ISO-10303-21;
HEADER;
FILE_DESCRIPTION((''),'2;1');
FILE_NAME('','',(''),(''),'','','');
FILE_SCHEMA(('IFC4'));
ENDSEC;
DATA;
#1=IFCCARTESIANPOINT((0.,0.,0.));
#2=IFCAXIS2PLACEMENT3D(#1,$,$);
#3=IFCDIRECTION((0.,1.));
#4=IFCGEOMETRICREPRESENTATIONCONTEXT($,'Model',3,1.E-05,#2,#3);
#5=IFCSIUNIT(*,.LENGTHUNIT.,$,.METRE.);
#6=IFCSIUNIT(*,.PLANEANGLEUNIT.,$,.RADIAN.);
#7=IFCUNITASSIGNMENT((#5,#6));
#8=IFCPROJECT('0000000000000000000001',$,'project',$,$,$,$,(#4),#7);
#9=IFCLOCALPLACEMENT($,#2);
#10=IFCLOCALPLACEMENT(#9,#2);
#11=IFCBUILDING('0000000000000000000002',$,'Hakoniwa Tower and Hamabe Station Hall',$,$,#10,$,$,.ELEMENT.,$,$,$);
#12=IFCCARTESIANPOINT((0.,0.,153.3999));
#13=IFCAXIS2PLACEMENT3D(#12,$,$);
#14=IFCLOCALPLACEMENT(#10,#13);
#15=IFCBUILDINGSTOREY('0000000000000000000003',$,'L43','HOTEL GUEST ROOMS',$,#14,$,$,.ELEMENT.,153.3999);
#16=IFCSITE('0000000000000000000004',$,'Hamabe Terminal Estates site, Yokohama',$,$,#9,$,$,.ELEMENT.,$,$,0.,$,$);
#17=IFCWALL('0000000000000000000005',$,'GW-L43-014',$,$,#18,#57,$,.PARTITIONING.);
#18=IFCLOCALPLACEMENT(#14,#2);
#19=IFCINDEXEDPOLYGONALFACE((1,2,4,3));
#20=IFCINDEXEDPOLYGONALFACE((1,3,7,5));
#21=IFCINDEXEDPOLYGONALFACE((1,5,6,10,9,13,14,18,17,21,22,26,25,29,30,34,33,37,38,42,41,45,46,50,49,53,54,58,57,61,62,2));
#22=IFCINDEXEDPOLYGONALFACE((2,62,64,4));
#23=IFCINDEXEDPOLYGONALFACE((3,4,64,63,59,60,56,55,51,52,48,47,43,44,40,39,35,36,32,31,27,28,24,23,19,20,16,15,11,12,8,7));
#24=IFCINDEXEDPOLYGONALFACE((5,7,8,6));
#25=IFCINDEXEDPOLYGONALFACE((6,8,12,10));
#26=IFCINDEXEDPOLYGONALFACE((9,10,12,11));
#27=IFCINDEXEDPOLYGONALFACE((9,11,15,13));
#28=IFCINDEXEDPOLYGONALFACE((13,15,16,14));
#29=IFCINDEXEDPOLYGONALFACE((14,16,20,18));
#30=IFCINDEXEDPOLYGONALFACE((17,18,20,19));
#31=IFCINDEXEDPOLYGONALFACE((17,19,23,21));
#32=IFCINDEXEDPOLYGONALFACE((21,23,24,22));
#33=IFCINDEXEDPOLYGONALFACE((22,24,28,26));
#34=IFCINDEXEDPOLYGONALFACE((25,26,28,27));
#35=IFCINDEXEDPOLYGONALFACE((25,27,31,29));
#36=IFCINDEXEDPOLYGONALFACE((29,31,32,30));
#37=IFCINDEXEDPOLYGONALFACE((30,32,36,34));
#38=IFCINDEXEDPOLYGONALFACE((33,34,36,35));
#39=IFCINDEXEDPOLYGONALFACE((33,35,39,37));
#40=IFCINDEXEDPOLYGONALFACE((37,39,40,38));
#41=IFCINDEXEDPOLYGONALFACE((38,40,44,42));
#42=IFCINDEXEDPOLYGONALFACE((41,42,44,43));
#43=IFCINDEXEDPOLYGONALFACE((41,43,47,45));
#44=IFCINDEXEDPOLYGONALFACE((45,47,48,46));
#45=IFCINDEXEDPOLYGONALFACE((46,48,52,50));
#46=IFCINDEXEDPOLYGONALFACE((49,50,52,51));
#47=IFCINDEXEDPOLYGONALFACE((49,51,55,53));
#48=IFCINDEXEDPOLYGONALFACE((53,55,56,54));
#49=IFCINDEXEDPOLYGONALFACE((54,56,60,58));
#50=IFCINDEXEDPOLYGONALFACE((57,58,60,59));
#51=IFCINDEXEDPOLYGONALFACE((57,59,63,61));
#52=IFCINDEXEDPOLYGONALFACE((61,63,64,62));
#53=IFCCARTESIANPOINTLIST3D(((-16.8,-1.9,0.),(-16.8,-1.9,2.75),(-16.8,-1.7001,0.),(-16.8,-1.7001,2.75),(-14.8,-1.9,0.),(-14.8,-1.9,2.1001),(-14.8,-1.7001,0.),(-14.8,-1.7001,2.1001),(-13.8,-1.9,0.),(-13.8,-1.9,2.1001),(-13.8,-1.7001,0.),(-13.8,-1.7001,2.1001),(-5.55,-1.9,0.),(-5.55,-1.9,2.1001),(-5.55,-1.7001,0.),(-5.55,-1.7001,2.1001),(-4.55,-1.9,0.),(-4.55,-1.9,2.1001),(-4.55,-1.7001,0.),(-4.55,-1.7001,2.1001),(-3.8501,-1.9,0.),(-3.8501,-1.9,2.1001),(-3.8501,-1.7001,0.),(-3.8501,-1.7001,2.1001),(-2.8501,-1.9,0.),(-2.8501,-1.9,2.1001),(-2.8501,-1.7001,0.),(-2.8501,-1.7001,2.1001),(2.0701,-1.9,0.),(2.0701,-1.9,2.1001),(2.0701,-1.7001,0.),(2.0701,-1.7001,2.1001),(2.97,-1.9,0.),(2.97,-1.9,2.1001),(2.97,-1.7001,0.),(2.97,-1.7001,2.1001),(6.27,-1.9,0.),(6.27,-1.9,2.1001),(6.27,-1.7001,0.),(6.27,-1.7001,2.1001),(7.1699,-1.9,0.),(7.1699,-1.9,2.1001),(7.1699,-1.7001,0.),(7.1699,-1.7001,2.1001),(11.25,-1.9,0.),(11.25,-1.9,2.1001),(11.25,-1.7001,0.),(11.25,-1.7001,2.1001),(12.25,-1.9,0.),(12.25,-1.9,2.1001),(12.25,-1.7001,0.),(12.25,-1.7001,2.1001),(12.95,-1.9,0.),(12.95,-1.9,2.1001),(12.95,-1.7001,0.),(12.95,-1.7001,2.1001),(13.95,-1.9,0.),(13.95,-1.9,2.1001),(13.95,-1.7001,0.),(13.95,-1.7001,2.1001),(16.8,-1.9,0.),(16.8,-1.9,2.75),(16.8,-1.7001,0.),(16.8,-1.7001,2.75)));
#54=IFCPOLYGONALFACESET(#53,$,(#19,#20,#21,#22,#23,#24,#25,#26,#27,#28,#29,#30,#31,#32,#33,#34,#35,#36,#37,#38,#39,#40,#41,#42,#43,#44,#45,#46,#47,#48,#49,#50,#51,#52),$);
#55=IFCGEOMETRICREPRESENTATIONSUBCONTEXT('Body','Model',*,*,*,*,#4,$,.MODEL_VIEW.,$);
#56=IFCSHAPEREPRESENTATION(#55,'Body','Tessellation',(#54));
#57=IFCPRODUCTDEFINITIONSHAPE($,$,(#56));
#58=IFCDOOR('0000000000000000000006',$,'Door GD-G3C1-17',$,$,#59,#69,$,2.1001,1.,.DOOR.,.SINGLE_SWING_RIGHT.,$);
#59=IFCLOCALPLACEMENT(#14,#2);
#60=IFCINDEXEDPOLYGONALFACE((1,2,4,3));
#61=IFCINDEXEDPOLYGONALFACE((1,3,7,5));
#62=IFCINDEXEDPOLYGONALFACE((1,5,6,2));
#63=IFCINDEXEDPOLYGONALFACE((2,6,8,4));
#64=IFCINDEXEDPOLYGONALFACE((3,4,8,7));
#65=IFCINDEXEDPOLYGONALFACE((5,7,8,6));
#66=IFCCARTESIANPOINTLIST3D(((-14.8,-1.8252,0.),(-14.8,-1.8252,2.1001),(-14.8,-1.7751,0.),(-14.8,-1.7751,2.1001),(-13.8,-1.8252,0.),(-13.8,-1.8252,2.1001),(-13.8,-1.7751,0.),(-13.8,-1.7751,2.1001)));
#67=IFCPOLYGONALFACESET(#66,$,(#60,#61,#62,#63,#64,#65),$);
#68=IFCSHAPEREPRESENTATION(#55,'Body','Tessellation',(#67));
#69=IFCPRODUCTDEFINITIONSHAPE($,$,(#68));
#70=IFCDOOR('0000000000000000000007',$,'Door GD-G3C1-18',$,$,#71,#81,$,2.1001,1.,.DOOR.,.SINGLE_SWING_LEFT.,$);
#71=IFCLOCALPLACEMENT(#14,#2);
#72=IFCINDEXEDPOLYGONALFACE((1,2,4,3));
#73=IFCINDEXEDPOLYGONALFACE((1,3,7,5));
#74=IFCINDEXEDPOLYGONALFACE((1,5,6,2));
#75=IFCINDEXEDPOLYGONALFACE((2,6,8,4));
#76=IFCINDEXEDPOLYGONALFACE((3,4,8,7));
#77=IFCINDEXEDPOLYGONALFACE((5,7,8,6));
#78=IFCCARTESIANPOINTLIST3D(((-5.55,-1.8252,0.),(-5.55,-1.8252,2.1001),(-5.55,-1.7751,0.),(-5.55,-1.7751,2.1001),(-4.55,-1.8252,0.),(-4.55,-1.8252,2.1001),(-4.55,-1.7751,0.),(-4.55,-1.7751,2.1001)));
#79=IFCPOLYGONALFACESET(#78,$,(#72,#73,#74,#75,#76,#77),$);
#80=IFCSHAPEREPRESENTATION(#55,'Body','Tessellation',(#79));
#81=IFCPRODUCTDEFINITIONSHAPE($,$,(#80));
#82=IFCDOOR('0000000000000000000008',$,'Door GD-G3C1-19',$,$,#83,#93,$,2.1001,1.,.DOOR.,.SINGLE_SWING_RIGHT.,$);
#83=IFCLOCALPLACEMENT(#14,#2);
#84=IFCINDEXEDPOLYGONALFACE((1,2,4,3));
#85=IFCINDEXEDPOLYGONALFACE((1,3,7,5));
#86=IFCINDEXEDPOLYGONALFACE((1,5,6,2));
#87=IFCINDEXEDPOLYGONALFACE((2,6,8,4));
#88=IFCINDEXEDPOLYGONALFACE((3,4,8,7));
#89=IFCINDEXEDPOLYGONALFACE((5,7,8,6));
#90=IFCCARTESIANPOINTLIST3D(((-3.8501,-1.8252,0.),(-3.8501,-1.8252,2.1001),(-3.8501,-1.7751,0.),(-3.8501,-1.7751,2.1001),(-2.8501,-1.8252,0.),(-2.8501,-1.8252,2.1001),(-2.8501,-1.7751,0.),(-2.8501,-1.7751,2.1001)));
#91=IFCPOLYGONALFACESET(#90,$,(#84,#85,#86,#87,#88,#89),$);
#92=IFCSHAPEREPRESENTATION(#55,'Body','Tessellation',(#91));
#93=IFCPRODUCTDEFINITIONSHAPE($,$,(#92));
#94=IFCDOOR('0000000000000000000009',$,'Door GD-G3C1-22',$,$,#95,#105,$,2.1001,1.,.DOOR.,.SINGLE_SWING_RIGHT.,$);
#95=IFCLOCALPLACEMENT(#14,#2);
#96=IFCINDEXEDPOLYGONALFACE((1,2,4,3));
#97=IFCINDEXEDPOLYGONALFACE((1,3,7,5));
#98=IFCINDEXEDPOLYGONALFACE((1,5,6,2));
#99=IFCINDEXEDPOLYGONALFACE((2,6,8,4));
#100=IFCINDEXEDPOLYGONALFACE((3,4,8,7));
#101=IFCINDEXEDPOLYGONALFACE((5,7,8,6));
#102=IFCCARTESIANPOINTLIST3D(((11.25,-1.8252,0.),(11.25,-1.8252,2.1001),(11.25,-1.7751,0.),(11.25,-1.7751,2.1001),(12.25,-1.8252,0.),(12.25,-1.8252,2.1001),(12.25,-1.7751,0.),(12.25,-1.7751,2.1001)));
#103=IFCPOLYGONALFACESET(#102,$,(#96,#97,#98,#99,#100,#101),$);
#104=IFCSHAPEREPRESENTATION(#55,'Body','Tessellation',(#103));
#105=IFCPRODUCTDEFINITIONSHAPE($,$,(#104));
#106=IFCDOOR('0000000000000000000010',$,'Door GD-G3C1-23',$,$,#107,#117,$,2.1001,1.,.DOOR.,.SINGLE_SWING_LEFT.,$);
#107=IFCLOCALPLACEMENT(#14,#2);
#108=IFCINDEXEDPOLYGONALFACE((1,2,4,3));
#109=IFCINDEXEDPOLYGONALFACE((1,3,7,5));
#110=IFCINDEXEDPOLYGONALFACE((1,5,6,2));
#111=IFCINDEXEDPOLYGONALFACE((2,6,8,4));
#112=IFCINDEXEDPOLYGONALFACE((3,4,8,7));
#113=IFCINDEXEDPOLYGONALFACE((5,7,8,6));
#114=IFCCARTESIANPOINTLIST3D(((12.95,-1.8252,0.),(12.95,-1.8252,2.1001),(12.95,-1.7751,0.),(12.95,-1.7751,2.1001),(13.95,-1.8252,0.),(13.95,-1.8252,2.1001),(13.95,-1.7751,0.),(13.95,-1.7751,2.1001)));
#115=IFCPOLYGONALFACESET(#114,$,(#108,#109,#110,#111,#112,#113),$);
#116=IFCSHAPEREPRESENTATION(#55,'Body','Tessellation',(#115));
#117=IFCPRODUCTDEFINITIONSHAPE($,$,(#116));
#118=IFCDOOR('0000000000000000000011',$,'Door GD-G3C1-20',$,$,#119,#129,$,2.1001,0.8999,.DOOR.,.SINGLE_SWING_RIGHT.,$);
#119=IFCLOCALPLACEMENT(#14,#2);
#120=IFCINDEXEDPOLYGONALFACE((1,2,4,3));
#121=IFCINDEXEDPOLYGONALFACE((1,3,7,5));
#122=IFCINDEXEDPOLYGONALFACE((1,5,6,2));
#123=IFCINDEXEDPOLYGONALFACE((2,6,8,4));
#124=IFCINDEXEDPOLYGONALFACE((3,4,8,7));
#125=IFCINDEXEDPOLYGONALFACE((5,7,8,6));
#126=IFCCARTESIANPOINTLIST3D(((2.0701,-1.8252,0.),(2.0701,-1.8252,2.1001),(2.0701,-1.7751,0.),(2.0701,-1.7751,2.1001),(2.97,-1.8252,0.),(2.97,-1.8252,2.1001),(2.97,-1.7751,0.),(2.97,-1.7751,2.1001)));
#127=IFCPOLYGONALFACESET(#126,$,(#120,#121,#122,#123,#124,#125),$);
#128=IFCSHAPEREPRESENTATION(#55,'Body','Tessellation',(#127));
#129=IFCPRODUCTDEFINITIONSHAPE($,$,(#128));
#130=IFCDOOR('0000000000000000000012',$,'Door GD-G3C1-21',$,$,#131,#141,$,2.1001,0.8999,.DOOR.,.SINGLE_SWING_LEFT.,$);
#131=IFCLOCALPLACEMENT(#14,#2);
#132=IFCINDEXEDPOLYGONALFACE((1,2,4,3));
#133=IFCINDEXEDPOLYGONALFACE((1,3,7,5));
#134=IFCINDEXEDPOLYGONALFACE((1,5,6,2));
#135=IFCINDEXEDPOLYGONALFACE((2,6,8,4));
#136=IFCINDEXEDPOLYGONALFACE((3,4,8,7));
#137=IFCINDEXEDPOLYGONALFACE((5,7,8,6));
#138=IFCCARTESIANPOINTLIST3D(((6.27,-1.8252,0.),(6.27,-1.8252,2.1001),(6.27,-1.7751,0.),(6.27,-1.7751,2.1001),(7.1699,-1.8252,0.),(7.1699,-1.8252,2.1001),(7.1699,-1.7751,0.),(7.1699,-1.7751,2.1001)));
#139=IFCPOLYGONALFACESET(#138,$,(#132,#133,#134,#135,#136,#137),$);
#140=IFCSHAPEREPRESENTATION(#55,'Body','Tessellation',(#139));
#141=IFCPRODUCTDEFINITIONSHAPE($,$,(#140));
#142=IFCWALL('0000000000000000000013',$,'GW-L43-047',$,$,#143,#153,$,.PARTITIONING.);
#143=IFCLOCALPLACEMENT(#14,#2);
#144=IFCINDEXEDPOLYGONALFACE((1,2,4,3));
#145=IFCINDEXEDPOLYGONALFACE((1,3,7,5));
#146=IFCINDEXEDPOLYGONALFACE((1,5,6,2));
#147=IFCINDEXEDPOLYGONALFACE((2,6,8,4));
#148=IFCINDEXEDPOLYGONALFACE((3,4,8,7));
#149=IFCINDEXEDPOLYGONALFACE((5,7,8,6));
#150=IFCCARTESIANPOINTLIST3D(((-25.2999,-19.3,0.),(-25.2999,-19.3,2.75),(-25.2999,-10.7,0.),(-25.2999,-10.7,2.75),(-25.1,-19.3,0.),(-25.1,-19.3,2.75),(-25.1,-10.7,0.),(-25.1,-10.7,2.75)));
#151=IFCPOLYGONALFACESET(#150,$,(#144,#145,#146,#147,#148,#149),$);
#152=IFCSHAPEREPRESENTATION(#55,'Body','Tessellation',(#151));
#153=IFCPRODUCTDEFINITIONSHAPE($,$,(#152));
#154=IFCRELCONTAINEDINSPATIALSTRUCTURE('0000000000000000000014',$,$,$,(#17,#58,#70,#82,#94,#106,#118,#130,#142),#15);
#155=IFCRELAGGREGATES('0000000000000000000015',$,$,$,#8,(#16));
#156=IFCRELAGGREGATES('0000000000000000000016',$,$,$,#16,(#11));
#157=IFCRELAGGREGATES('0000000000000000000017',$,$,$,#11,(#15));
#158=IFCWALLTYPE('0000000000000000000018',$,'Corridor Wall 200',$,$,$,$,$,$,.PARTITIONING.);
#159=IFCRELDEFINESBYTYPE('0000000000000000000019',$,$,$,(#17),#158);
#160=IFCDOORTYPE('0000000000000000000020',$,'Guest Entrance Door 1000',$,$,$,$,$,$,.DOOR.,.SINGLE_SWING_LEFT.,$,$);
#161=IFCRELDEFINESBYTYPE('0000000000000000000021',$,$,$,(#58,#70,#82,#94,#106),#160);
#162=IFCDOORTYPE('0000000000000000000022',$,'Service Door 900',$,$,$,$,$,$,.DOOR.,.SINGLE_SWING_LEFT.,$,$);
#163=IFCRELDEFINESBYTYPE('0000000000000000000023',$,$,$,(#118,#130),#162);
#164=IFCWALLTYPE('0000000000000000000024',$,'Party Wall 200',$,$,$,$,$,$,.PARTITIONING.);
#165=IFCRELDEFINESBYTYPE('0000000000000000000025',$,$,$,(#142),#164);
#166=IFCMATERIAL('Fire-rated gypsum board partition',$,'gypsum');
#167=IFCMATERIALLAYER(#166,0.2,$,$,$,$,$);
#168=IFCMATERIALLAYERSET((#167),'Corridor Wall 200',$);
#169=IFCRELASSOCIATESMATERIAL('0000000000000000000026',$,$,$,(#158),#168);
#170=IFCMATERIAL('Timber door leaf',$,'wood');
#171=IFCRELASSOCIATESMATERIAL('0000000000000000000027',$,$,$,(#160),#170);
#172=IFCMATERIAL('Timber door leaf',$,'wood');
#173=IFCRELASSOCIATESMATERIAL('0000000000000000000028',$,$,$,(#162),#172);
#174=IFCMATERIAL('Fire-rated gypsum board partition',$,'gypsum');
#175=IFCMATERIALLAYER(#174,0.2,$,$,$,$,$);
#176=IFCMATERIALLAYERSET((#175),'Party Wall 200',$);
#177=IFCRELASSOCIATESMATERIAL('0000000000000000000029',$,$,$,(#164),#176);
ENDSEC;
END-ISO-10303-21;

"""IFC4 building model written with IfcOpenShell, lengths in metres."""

from ifc_helpers import new_model, si_unit, direction, frame, frame_2d, origin, place, context, subcontext, project, spatial, rectangle, extrude, material, layer, layer_set, type_object, element, fill, save


model = new_model("IFC4")

# Units and contexts
model_context = context("Model", 3, precision=1e-05, world=origin(), true_north=direction((0.0, 1.0)))
body_context = subcontext(model_context, "Body", "Model", "MODEL_VIEW")
ifc_project = project(units=[si_unit("LENGTHUNIT", "METRE"), si_unit("PLANEANGLEUNIT", "RADIAN")], contexts=[model_context])

# Site, building, storey
site_placement = place(None, origin())
site = spatial("IfcSite", under=ifc_project, at=site_placement, Name="Hamabe Terminal Estates site, Yokohama", CompositionType="ELEMENT", RefElevation=0.0)
building_placement = place(site_placement, origin())
building = spatial("IfcBuilding", under=site, at=building_placement, Name="Hakoniwa Tower and Hamabe Station Hall", CompositionType="ELEMENT")
storey_placement = place(building_placement, frame((0.0, 0.0, 153.3999)))
storey = spatial("IfcBuildingStorey", under=building, at=storey_placement, Name="L43", Description="HOTEL GUEST ROOMS", CompositionType="ELEMENT", Elevation=153.3999)

# Wall, openings, doors
ifc_material_1 = material(Name="Fire-rated gypsum board partition", Category="gypsum")
ifc_layer_1 = layer(ifc_material_1, 0.2)
ifc_layer_set_1 = layer_set([ifc_layer_1], Name="Corridor Wall 200")
wall_type_1 = type_object("IfcWallType", Name="Corridor Wall 200", PredefinedType="PARTITIONING", material=ifc_layer_set_1)
wall_1_placement = place(storey_placement, frame((-16.8, -1.8, 0.0), z_axis=(0.0, 0.0, 1.0), x_axis=(1.0, 0.0, 0.0)))
wall_1 = element("IfcWall", 1, at=wall_1_placement, inside=storey, type_object=wall_type_1, Name="GW-L43-014", PredefinedType="PARTITIONING", context=body_context, shape_type="SweptSolid", body=[
    extrude(rectangle(XDim=33.6001, YDim=0.2, at=frame_2d((16.8, 0.0))), origin(), (0.0, 0.0, 1.0), 2.75),
])
opening_1_placement = place(wall_1_placement, frame((2.0, 0.0, 0.0)))
opening_1 = element("IfcOpeningElement", 2, at=opening_1_placement, cuts=wall_1, PredefinedType="OPENING", context=body_context, shape_type="SweptSolid", body=[
    extrude(rectangle(XDim=1.0, YDim=2.1001, at=frame_2d((0.5, 1.05))), frame((0.0, 0.1099, 0.0), z_axis=(0.0, -1.0, 0.0), x_axis=(1.0, 0.0, 0.0)), (0.0, 0.0, 1.0), 0.22),
])
opening_2_placement = place(wall_1_placement, frame((11.25, 0.0, 0.0)))
opening_2 = element("IfcOpeningElement", 3, at=opening_2_placement, cuts=wall_1, PredefinedType="OPENING", context=body_context, shape_type="SweptSolid", body=[
    extrude(rectangle(XDim=1.0, YDim=2.1001, at=frame_2d((0.5, 1.05))), frame((0.0, 0.1099, 0.0), z_axis=(0.0, -1.0, 0.0), x_axis=(1.0, 0.0, 0.0)), (0.0, 0.0, 1.0), 0.22),
])
opening_3_placement = place(wall_1_placement, frame((12.95, 0.0, 0.0)))
opening_3 = element("IfcOpeningElement", 4, at=opening_3_placement, cuts=wall_1, PredefinedType="OPENING", context=body_context, shape_type="SweptSolid", body=[
    extrude(rectangle(XDim=1.0, YDim=2.1001, at=frame_2d((0.5, 1.05))), frame((0.0, 0.1099, 0.0), z_axis=(0.0, -1.0, 0.0), x_axis=(1.0, 0.0, 0.0)), (0.0, 0.0, 1.0), 0.22),
])
opening_4_placement = place(wall_1_placement, frame((18.8701, 0.0, 0.0)))
opening_4 = element("IfcOpeningElement", 5, at=opening_4_placement, cuts=wall_1, PredefinedType="OPENING", context=body_context, shape_type="SweptSolid", body=[
    extrude(rectangle(XDim=0.8999, YDim=2.1001, at=frame_2d((0.45, 1.05))), frame((0.0, 0.1099, 0.0), z_axis=(0.0, -1.0, 0.0), x_axis=(1.0, 0.0, 0.0)), (0.0, 0.0, 1.0), 0.22),
])
opening_5_placement = place(wall_1_placement, frame((23.0701, 0.0, 0.0)))
opening_5 = element("IfcOpeningElement", 6, at=opening_5_placement, cuts=wall_1, PredefinedType="OPENING", context=body_context, shape_type="SweptSolid", body=[
    extrude(rectangle(XDim=0.8999, YDim=2.1001, at=frame_2d((0.45, 1.05))), frame((0.0, 0.1099, 0.0), z_axis=(0.0, -1.0, 0.0), x_axis=(1.0, 0.0, 0.0)), (0.0, 0.0, 1.0), 0.22),
])
opening_6_placement = place(wall_1_placement, frame((28.05, 0.0, 0.0)))
opening_6 = element("IfcOpeningElement", 7, at=opening_6_placement, cuts=wall_1, PredefinedType="OPENING", context=body_context, shape_type="SweptSolid", body=[
    extrude(rectangle(XDim=1.0, YDim=2.1001, at=frame_2d((0.5, 1.05))), frame((0.0, 0.1099, 0.0), z_axis=(0.0, -1.0, 0.0), x_axis=(1.0, 0.0, 0.0)), (0.0, 0.0, 1.0), 0.22),
])
opening_7_placement = place(wall_1_placement, frame((29.75, 0.0, 0.0)))
opening_7 = element("IfcOpeningElement", 8, at=opening_7_placement, cuts=wall_1, PredefinedType="OPENING", context=body_context, shape_type="SweptSolid", body=[
    extrude(rectangle(XDim=1.0, YDim=2.1001, at=frame_2d((0.5, 1.05))), frame((0.0, 0.1099, 0.0), z_axis=(0.0, -1.0, 0.0), x_axis=(1.0, 0.0, 0.0)), (0.0, 0.0, 1.0), 0.22),
])
ifc_material_2 = material(Name="Timber door leaf", Category="wood")
door_type_1 = type_object("IfcDoorType", Name="Guest Entrance Door 1000", OperationType="SINGLE_SWING_LEFT", PredefinedType="DOOR", material=ifc_material_2)
door_1_placement = place(opening_1_placement, origin())
door_1 = element("IfcDoor", 9, at=door_1_placement, inside=storey, type_object=door_type_1, Name="Door GD-G3C1-17", OperationType="SINGLE_SWING_RIGHT", OverallHeight=2.1001, OverallWidth=1.0, PredefinedType="DOOR", context=body_context, shape_type="SweptSolid", body=[
    extrude(rectangle(XDim=1.0, YDim=2.1001, at=frame_2d((0.5, 1.05))), frame((0.0, 0.0249, 0.0), z_axis=(0.0, -1.0, 0.0), x_axis=(1.0, 0.0, 0.0)), (0.0, 0.0, 1.0), 0.05),
])
fill(opening_1, door_1)
door_2_placement = place(opening_2_placement, origin())
door_2 = element("IfcDoor", 10, at=door_2_placement, inside=storey, type_object=door_type_1, Name="Door GD-G3C1-18", OperationType="SINGLE_SWING_LEFT", OverallHeight=2.1001, OverallWidth=1.0, PredefinedType="DOOR", context=body_context, shape_type="SweptSolid", body=[
    extrude(rectangle(XDim=1.0, YDim=2.1001, at=frame_2d((0.5, 1.05))), frame((0.0, 0.0249, 0.0), z_axis=(0.0, -1.0, 0.0), x_axis=(1.0, 0.0, 0.0)), (0.0, 0.0, 1.0), 0.05),
])
fill(opening_2, door_2)
door_3_placement = place(opening_3_placement, origin())
door_3 = element("IfcDoor", 11, at=door_3_placement, inside=storey, type_object=door_type_1, Name="Door GD-G3C1-19", OperationType="SINGLE_SWING_RIGHT", OverallHeight=2.1001, OverallWidth=1.0, PredefinedType="DOOR", context=body_context, shape_type="SweptSolid", body=[
    extrude(rectangle(XDim=1.0, YDim=2.1001, at=frame_2d((0.5, 1.05))), frame((0.0, 0.0249, 0.0), z_axis=(0.0, -1.0, 0.0), x_axis=(1.0, 0.0, 0.0)), (0.0, 0.0, 1.0), 0.05),
])
fill(opening_3, door_3)
door_4_placement = place(opening_6_placement, origin())
door_4 = element("IfcDoor", 12, at=door_4_placement, inside=storey, type_object=door_type_1, Name="Door GD-G3C1-22", OperationType="SINGLE_SWING_RIGHT", OverallHeight=2.1001, OverallWidth=1.0, PredefinedType="DOOR", context=body_context, shape_type="SweptSolid", body=[
    extrude(rectangle(XDim=1.0, YDim=2.1001, at=frame_2d((0.5, 1.05))), frame((0.0, 0.0249, 0.0), z_axis=(0.0, -1.0, 0.0), x_axis=(1.0, 0.0, 0.0)), (0.0, 0.0, 1.0), 0.05),
])
fill(opening_6, door_4)
door_5_placement = place(opening_7_placement, origin())
door_5 = element("IfcDoor", 13, at=door_5_placement, inside=storey, type_object=door_type_1, Name="Door GD-G3C1-23", OperationType="SINGLE_SWING_LEFT", OverallHeight=2.1001, OverallWidth=1.0, PredefinedType="DOOR", context=body_context, shape_type="SweptSolid", body=[
    extrude(rectangle(XDim=1.0, YDim=2.1001, at=frame_2d((0.5, 1.05))), frame((0.0, 0.0249, 0.0), z_axis=(0.0, -1.0, 0.0), x_axis=(1.0, 0.0, 0.0)), (0.0, 0.0, 1.0), 0.05),
])
fill(opening_7, door_5)
ifc_material_3 = material(Name="Timber door leaf", Category="wood")
door_type_2 = type_object("IfcDoorType", Name="Service Door 900", OperationType="SINGLE_SWING_LEFT", PredefinedType="DOOR", material=ifc_material_3)
door_6_placement = place(opening_4_placement, origin())
door_6 = element("IfcDoor", 14, at=door_6_placement, inside=storey, type_object=door_type_2, Name="Door GD-G3C1-20", OperationType="SINGLE_SWING_RIGHT", OverallHeight=2.1001, OverallWidth=0.8999, PredefinedType="DOOR", context=body_context, shape_type="SweptSolid", body=[
    extrude(rectangle(XDim=0.8999, YDim=2.1001, at=frame_2d((0.45, 1.05))), frame((0.0, 0.0249, 0.0), z_axis=(0.0, -1.0, 0.0), x_axis=(1.0, 0.0, 0.0)), (0.0, 0.0, 1.0), 0.05),
])
fill(opening_4, door_6)
door_7_placement = place(opening_5_placement, origin())
door_7 = element("IfcDoor", 15, at=door_7_placement, inside=storey, type_object=door_type_2, Name="Door GD-G3C1-21", OperationType="SINGLE_SWING_LEFT", OverallHeight=2.1001, OverallWidth=0.8999, PredefinedType="DOOR", context=body_context, shape_type="SweptSolid", body=[
    extrude(rectangle(XDim=0.8999, YDim=2.1001, at=frame_2d((0.45, 1.05))), frame((0.0, 0.0249, 0.0), z_axis=(0.0, -1.0, 0.0), x_axis=(1.0, 0.0, 0.0)), (0.0, 0.0, 1.0), 0.05),
])
fill(opening_5, door_7)

# Wall
ifc_material_4 = material(Name="Fire-rated gypsum board partition", Category="gypsum")
ifc_layer_2 = layer(ifc_material_4, 0.2)
ifc_layer_set_2 = layer_set([ifc_layer_2], Name="Party Wall 200")
wall_type_2 = type_object("IfcWallType", Name="Party Wall 200", PredefinedType="PARTITIONING", material=ifc_layer_set_2)
wall_2_placement = place(storey_placement, frame((-25.2, -19.3, 0.0), z_axis=(0.0, 0.0, 1.0), x_axis=(0.0, 1.0, 0.0)))
element("IfcWall", 16, at=wall_2_placement, inside=storey, type_object=wall_type_2, Name="GW-L43-047", PredefinedType="PARTITIONING", context=body_context, shape_type="SweptSolid", body=[
    extrude(rectangle(XDim=8.6001, YDim=0.2, at=frame_2d((4.3, 0.0))), origin(), (0.0, 0.0, 1.0), 2.75),
])

save(model, "model.ifc")
